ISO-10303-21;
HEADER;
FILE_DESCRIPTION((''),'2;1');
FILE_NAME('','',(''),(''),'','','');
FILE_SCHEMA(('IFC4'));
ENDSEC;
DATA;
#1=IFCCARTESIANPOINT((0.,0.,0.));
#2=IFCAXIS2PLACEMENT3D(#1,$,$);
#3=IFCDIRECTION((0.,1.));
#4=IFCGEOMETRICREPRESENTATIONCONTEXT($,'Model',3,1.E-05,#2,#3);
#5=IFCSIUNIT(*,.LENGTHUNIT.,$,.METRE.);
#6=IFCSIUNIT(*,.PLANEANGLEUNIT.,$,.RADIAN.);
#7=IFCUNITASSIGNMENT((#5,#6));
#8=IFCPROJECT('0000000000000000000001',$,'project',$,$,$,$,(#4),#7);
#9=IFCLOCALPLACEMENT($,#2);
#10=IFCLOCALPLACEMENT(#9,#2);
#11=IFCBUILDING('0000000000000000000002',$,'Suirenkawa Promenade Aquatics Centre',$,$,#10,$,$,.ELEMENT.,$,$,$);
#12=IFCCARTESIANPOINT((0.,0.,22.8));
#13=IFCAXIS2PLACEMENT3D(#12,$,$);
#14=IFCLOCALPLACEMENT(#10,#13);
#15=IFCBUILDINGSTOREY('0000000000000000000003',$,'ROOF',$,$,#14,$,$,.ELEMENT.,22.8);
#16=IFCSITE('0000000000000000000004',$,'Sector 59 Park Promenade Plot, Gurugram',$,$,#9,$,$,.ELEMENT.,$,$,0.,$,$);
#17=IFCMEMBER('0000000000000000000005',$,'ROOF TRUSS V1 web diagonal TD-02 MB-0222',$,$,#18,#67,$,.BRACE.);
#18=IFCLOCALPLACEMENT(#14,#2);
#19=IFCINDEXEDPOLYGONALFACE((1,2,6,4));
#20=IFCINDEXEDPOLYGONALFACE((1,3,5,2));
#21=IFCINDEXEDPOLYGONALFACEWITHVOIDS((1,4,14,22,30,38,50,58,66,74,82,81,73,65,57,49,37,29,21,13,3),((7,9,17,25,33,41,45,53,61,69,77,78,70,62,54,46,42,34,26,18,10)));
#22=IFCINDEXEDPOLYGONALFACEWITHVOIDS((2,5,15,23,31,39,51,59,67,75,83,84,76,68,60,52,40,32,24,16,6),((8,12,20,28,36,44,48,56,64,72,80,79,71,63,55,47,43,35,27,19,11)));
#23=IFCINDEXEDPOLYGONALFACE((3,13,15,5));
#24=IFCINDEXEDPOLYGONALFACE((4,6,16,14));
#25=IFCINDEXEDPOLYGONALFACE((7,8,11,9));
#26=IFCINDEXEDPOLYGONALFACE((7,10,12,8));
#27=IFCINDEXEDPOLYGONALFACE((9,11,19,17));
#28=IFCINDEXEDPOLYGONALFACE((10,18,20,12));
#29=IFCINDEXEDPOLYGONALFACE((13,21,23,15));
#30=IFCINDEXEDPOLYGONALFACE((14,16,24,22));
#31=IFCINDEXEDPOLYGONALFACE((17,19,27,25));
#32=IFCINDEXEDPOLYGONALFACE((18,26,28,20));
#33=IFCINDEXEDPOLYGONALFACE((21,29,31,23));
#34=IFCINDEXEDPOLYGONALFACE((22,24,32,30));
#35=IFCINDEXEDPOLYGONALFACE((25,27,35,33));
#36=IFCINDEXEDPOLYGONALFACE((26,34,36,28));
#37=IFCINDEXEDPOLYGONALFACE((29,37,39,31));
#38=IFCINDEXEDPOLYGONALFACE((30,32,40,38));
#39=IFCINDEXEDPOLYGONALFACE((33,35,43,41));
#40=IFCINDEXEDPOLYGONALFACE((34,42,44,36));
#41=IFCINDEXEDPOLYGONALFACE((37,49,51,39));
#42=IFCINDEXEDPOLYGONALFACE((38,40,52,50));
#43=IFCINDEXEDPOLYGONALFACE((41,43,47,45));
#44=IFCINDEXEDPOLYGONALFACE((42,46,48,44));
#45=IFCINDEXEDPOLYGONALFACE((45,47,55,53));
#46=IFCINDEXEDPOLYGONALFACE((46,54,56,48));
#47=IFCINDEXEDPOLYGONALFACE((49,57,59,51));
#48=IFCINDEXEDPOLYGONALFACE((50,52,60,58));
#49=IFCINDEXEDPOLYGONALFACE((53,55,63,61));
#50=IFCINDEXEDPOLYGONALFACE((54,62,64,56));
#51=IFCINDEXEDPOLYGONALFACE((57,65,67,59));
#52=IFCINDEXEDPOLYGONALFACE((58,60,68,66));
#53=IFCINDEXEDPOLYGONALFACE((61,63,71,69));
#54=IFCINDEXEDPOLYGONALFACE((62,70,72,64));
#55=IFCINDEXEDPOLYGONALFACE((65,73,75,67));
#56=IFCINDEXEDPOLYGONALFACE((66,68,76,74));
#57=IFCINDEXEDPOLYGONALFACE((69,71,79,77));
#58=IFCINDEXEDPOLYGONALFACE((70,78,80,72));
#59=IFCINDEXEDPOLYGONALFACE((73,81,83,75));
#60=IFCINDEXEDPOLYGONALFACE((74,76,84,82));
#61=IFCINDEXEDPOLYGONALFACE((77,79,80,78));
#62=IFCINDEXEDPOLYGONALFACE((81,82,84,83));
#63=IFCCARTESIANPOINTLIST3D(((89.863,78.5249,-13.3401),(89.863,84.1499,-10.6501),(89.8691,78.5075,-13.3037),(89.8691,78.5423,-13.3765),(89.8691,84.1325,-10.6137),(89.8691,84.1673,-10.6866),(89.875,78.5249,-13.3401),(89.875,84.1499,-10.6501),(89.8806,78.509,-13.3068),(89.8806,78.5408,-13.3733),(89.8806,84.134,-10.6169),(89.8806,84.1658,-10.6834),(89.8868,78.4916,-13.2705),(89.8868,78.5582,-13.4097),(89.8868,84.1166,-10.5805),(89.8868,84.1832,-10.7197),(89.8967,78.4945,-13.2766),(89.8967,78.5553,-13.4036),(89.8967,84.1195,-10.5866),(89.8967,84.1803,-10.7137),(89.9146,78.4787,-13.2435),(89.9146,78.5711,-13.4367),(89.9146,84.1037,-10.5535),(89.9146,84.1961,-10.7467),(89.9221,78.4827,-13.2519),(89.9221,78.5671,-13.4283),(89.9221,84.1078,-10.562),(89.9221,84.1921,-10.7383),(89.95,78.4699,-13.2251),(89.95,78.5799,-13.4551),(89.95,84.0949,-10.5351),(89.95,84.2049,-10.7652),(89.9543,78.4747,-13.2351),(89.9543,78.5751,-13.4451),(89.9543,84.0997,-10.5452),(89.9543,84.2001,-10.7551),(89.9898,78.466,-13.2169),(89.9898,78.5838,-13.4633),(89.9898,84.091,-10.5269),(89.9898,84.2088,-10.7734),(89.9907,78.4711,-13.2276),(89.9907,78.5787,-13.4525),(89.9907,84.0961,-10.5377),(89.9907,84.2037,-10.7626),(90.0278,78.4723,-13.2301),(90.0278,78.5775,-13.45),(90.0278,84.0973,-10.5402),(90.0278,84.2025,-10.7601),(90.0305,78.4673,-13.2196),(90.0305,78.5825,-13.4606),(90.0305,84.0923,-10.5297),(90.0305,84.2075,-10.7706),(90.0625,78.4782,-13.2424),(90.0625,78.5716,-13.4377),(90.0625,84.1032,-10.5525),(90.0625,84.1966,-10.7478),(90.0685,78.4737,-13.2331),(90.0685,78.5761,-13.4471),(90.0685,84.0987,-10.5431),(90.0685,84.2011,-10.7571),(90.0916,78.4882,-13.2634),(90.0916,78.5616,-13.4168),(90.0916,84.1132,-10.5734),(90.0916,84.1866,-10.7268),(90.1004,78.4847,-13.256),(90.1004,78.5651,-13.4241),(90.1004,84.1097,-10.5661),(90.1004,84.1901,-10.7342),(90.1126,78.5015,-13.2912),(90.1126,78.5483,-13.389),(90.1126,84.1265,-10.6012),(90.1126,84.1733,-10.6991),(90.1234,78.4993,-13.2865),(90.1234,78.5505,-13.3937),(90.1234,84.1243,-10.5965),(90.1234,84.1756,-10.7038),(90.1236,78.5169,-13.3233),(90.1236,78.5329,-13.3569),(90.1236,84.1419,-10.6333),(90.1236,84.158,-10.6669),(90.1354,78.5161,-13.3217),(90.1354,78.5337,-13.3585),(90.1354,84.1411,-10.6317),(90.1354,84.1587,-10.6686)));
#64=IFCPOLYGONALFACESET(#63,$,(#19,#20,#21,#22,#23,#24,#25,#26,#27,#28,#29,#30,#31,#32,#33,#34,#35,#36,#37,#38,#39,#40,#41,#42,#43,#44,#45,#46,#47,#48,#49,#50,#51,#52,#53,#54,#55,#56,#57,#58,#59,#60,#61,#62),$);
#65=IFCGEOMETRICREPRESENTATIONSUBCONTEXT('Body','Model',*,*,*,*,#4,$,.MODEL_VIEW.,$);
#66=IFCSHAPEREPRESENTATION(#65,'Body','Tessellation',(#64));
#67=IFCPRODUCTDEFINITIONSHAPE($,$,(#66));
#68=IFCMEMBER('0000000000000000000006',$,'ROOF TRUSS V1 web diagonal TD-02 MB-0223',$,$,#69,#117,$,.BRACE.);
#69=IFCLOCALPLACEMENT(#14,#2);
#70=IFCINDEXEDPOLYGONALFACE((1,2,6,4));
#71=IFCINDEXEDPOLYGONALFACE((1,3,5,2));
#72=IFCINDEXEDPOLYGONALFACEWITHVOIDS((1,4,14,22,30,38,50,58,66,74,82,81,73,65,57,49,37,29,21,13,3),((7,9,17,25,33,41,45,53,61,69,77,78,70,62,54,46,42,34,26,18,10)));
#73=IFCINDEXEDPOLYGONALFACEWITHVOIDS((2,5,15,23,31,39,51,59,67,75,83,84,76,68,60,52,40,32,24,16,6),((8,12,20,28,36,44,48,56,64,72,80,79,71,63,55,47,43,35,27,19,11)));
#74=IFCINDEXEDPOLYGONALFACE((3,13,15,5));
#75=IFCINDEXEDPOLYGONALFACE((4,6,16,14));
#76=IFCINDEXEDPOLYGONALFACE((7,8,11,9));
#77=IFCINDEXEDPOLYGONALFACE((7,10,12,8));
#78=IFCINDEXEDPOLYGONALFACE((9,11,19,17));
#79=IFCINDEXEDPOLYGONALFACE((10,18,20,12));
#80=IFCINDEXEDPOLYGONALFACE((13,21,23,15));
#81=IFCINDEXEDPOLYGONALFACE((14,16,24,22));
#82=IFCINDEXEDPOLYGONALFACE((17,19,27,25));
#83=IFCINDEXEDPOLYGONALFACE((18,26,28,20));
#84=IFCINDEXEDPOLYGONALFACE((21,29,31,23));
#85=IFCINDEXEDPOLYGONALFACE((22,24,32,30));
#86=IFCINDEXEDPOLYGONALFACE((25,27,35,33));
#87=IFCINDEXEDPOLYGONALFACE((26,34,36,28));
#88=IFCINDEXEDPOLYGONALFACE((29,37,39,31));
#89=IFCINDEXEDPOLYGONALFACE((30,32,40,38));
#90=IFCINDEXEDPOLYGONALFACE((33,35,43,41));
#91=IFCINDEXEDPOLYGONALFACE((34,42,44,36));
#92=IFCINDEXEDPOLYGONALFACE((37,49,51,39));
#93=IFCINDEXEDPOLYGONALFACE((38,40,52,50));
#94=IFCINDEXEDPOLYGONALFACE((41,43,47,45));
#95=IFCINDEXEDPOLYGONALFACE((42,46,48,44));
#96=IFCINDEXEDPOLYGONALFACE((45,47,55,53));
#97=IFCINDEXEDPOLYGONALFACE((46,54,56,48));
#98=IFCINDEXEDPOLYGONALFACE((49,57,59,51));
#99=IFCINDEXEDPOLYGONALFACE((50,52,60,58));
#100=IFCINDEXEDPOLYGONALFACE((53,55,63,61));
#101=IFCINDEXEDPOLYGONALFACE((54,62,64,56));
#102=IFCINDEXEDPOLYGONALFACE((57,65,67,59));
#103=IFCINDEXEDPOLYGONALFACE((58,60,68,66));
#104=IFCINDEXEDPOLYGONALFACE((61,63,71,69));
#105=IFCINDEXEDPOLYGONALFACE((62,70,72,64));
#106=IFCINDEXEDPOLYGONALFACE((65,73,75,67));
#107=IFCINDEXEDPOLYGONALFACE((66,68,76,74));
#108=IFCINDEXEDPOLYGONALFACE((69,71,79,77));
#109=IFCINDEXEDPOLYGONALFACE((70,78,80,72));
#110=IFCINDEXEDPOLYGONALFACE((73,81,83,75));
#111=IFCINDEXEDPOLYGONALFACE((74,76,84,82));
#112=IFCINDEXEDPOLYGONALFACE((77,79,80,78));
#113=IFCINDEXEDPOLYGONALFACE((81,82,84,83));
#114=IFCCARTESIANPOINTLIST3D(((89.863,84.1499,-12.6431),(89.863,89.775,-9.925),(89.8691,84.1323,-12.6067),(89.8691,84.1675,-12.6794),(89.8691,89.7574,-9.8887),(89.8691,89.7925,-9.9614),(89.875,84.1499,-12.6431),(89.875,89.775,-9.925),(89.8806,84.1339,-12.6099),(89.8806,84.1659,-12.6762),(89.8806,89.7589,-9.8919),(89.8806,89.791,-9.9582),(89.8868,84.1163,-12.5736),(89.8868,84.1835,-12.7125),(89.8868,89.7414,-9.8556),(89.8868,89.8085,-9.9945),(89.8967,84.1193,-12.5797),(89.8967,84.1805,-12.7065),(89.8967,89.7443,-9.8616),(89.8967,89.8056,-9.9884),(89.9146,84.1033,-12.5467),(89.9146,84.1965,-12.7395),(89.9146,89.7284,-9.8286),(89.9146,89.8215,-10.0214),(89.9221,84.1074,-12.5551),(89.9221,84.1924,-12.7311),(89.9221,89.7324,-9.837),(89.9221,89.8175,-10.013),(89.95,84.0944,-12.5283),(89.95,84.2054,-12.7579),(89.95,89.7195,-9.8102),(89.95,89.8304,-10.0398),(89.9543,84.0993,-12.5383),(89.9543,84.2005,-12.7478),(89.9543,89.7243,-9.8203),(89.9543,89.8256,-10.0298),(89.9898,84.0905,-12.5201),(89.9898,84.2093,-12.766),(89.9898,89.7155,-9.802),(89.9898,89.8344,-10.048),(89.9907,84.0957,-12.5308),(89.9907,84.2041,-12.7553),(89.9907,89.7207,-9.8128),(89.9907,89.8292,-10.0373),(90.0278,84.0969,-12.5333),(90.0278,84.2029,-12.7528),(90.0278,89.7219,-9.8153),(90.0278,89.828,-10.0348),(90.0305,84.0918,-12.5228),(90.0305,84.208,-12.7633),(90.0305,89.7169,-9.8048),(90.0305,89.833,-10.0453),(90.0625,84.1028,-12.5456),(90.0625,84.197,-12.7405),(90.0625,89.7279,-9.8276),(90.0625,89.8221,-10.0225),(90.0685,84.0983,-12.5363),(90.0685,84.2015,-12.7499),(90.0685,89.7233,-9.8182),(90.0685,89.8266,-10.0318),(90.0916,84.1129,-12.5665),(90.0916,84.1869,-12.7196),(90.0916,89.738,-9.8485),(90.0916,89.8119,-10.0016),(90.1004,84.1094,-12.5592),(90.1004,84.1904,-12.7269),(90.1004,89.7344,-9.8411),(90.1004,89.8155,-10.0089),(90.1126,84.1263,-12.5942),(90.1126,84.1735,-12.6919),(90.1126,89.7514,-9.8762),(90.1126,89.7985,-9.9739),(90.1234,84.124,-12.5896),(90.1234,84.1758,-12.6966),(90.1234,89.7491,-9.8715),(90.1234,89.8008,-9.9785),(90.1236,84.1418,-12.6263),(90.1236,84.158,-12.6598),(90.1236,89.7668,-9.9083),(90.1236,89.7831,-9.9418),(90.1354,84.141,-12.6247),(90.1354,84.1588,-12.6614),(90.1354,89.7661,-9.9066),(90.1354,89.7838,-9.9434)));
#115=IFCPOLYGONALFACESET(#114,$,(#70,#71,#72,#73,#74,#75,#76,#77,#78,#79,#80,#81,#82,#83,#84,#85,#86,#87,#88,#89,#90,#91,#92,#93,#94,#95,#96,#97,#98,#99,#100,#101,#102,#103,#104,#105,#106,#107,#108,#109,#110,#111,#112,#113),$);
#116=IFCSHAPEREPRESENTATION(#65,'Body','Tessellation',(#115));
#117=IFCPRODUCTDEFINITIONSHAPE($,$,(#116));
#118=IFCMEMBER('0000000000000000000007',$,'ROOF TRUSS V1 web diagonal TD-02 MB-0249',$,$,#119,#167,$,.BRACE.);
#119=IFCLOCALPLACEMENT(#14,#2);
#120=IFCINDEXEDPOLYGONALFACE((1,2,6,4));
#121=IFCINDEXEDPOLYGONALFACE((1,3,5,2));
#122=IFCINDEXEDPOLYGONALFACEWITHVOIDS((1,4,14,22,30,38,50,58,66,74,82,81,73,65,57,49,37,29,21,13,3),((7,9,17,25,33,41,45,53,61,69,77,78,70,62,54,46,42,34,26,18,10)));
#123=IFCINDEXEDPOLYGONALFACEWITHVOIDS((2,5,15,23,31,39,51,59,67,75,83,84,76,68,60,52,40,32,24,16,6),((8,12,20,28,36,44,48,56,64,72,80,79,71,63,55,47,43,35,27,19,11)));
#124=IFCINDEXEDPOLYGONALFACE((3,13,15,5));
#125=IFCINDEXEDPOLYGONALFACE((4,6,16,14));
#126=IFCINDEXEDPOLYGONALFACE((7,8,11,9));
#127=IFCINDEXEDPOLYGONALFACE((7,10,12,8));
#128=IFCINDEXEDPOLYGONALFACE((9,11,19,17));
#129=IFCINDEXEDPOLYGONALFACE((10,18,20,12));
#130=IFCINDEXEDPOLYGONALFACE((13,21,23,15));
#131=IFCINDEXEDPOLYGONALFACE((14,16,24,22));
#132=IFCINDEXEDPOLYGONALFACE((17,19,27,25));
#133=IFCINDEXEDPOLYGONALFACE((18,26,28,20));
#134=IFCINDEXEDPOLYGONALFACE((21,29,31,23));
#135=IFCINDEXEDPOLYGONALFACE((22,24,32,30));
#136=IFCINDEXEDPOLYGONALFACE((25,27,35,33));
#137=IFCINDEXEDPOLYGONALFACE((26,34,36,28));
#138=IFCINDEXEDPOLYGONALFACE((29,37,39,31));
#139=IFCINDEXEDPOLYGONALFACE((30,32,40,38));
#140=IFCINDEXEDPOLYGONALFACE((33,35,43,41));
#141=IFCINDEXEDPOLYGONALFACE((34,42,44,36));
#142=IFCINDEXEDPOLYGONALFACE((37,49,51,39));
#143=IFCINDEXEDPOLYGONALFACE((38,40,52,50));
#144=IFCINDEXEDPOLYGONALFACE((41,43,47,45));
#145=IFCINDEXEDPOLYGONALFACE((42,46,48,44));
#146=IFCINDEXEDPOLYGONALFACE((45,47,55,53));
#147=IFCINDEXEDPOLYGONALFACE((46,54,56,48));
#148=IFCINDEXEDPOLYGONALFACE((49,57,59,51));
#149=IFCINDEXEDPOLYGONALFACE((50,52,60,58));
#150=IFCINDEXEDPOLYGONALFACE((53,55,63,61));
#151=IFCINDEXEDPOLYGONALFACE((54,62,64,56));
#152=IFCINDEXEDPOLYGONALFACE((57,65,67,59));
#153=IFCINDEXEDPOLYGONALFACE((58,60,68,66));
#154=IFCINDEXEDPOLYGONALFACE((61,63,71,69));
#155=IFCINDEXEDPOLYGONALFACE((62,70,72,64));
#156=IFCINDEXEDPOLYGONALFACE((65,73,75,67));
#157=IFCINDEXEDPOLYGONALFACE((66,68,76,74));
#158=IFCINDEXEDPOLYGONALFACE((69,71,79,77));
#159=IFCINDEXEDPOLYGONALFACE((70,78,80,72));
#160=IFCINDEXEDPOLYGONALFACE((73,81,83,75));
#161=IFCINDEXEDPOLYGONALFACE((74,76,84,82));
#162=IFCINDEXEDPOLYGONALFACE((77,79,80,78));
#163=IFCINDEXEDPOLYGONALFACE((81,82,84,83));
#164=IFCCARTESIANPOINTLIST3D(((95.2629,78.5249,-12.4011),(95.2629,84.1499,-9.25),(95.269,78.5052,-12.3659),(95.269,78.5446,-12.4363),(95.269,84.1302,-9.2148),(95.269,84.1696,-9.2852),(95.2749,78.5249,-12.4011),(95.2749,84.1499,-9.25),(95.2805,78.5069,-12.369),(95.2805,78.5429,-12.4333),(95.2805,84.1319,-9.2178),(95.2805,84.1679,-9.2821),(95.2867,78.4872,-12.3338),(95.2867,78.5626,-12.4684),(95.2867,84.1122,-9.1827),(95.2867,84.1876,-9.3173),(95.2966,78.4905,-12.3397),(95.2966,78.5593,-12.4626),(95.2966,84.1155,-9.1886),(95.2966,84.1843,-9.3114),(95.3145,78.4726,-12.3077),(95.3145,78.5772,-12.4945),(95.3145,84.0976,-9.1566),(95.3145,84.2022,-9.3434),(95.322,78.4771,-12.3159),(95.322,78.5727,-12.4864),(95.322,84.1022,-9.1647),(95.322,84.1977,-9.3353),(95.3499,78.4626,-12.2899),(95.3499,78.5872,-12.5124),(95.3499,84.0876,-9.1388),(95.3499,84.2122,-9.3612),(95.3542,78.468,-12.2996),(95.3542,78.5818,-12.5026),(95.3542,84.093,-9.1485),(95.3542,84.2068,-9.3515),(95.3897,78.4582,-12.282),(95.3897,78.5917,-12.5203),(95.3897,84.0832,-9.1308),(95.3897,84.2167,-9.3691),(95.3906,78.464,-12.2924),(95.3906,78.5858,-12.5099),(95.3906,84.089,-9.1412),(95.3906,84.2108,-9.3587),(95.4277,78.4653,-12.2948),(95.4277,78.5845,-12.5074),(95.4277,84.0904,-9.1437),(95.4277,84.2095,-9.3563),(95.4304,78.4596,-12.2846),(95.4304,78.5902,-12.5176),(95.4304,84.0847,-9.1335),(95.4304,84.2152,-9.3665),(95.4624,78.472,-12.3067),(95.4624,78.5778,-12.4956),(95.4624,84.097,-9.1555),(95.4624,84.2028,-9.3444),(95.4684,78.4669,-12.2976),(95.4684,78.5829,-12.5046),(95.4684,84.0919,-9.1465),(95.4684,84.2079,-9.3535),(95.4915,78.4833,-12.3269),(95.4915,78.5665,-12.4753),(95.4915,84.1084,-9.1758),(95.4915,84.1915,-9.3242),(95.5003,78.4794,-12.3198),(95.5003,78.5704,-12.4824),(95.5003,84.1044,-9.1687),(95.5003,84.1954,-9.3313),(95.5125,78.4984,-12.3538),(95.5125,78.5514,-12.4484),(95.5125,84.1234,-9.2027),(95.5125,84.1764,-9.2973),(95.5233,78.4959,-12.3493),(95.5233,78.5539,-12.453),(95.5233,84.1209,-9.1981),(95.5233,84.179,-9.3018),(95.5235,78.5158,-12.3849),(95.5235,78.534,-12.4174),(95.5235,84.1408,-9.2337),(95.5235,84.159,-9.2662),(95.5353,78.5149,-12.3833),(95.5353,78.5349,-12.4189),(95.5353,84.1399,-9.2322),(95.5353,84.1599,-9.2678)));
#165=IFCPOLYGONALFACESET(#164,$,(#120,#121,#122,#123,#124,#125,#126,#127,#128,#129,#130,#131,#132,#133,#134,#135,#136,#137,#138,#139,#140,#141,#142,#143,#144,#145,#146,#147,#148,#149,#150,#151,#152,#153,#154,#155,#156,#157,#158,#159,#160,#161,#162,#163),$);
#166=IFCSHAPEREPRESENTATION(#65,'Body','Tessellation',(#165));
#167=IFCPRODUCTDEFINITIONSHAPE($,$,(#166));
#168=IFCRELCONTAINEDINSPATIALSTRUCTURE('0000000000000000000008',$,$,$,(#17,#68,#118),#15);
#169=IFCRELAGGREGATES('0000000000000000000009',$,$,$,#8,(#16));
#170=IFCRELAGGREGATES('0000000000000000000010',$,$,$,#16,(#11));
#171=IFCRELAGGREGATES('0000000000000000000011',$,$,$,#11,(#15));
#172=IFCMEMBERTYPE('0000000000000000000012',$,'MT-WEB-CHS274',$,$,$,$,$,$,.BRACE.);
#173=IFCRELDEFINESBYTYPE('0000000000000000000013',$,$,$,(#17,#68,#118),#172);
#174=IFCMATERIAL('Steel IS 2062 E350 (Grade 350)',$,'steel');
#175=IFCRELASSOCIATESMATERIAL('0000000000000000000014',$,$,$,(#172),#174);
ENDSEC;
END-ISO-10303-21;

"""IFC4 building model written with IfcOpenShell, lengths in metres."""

from ifc_helpers import new_model, si_unit, direction, frame, origin, origin_2d, place, context, subcontext, project, spatial, hollow_circle, extrude, material, material_profile, profile_set, type_object, element, save


model = new_model("IFC4")

# Units and contexts
model_context = context("Model", 3, precision=1e-05, world=origin(), true_north=direction((0.0, 1.0)))
body_context = subcontext(model_context, "Body", "Model", "MODEL_VIEW")
ifc_project = project(units=[si_unit("LENGTHUNIT", "METRE"), si_unit("PLANEANGLEUNIT", "RADIAN")], contexts=[model_context])

# Site, building, storey
site_placement = place(None, origin())
site = spatial("IfcSite", under=ifc_project, at=site_placement, Name="Sector 59 Park Promenade Plot, Gurugram", CompositionType="ELEMENT", RefElevation=0.0)
building_placement = place(site_placement, origin())
building = spatial("IfcBuilding", under=site, at=building_placement, Name="Suirenkawa Promenade Aquatics Centre", CompositionType="ELEMENT")
storey_placement = place(building_placement, frame((0.0, 0.0, 22.8)))
storey = spatial("IfcBuildingStorey", under=building, at=storey_placement, Name="ROOF", CompositionType="ELEMENT", Elevation=22.8)

# Shared definitions
ifc_material = material(Name="Steel IS 2062 E350 (Grade 350)", Category="steel")

# Members
ifc_material_profile_1 = material_profile(ifc_material, hollow_circle(Radius=0.137, WallThickness=0.012, at=origin_2d()), Name="CHS 274x12", Category="steel")
ifc_profile_set_1 = profile_set([ifc_material_profile_1], Name="Steel IS 2062 E350 (Grade 350)")
member_type_1 = type_object("IfcMemberType", Name="MT-WEB-CHS274", PredefinedType="BRACE", material=ifc_profile_set_1)
member_1_placement = place(storey_placement, frame((90.0, 78.5249, -13.3401), z_axis=(0.0, 0.902151, 0.431419), x_axis=(-1.0, 0.0, 0.0)))
element("IfcMember", 1, at=member_1_placement, inside=storey, type_object=member_type_1, Name="ROOF TRUSS V1 web diagonal TD-02 MB-0222", PredefinedType="BRACE", context=body_context, shape_type="SweptSolid", body=[
    extrude(hollow_circle(Radius=0.137, WallThickness=0.012, at=origin_2d()), origin(), (0.0, 0.0, 1.0), 6.2351),
])
member_2_placement = place(storey_placement, frame((90.0, 84.1499, -12.6431), z_axis=(0.0, 0.900395, 0.435074), x_axis=(-1.0, 0.0, 0.0)))
element("IfcMember", 2, at=member_2_placement, inside=storey, type_object=member_type_1, Name="ROOF TRUSS V1 web diagonal TD-02 MB-0223", PredefinedType="BRACE", context=body_context, shape_type="SweptSolid", body=[
    extrude(hollow_circle(Radius=0.137, WallThickness=0.012, at=origin_2d()), origin(), (0.0, 0.0, 1.0), 6.2473),
])
member_3_placement = place(storey_placement, frame((95.3999, 78.5249, -12.4011), z_axis=(0.0, 0.872432, 0.488736), x_axis=(-1.0, 0.0, 0.0)))
element("IfcMember", 3, at=member_3_placement, inside=storey, type_object=member_type_1, Name="ROOF TRUSS V1 web diagonal TD-02 MB-0249", PredefinedType="BRACE", context=body_context, shape_type="SweptSolid", body=[
    extrude(hollow_circle(Radius=0.137, WallThickness=0.012, at=origin_2d()), origin(), (0.0, 0.0, 1.0), 6.4475),
])

save(model, "model.ifc")
